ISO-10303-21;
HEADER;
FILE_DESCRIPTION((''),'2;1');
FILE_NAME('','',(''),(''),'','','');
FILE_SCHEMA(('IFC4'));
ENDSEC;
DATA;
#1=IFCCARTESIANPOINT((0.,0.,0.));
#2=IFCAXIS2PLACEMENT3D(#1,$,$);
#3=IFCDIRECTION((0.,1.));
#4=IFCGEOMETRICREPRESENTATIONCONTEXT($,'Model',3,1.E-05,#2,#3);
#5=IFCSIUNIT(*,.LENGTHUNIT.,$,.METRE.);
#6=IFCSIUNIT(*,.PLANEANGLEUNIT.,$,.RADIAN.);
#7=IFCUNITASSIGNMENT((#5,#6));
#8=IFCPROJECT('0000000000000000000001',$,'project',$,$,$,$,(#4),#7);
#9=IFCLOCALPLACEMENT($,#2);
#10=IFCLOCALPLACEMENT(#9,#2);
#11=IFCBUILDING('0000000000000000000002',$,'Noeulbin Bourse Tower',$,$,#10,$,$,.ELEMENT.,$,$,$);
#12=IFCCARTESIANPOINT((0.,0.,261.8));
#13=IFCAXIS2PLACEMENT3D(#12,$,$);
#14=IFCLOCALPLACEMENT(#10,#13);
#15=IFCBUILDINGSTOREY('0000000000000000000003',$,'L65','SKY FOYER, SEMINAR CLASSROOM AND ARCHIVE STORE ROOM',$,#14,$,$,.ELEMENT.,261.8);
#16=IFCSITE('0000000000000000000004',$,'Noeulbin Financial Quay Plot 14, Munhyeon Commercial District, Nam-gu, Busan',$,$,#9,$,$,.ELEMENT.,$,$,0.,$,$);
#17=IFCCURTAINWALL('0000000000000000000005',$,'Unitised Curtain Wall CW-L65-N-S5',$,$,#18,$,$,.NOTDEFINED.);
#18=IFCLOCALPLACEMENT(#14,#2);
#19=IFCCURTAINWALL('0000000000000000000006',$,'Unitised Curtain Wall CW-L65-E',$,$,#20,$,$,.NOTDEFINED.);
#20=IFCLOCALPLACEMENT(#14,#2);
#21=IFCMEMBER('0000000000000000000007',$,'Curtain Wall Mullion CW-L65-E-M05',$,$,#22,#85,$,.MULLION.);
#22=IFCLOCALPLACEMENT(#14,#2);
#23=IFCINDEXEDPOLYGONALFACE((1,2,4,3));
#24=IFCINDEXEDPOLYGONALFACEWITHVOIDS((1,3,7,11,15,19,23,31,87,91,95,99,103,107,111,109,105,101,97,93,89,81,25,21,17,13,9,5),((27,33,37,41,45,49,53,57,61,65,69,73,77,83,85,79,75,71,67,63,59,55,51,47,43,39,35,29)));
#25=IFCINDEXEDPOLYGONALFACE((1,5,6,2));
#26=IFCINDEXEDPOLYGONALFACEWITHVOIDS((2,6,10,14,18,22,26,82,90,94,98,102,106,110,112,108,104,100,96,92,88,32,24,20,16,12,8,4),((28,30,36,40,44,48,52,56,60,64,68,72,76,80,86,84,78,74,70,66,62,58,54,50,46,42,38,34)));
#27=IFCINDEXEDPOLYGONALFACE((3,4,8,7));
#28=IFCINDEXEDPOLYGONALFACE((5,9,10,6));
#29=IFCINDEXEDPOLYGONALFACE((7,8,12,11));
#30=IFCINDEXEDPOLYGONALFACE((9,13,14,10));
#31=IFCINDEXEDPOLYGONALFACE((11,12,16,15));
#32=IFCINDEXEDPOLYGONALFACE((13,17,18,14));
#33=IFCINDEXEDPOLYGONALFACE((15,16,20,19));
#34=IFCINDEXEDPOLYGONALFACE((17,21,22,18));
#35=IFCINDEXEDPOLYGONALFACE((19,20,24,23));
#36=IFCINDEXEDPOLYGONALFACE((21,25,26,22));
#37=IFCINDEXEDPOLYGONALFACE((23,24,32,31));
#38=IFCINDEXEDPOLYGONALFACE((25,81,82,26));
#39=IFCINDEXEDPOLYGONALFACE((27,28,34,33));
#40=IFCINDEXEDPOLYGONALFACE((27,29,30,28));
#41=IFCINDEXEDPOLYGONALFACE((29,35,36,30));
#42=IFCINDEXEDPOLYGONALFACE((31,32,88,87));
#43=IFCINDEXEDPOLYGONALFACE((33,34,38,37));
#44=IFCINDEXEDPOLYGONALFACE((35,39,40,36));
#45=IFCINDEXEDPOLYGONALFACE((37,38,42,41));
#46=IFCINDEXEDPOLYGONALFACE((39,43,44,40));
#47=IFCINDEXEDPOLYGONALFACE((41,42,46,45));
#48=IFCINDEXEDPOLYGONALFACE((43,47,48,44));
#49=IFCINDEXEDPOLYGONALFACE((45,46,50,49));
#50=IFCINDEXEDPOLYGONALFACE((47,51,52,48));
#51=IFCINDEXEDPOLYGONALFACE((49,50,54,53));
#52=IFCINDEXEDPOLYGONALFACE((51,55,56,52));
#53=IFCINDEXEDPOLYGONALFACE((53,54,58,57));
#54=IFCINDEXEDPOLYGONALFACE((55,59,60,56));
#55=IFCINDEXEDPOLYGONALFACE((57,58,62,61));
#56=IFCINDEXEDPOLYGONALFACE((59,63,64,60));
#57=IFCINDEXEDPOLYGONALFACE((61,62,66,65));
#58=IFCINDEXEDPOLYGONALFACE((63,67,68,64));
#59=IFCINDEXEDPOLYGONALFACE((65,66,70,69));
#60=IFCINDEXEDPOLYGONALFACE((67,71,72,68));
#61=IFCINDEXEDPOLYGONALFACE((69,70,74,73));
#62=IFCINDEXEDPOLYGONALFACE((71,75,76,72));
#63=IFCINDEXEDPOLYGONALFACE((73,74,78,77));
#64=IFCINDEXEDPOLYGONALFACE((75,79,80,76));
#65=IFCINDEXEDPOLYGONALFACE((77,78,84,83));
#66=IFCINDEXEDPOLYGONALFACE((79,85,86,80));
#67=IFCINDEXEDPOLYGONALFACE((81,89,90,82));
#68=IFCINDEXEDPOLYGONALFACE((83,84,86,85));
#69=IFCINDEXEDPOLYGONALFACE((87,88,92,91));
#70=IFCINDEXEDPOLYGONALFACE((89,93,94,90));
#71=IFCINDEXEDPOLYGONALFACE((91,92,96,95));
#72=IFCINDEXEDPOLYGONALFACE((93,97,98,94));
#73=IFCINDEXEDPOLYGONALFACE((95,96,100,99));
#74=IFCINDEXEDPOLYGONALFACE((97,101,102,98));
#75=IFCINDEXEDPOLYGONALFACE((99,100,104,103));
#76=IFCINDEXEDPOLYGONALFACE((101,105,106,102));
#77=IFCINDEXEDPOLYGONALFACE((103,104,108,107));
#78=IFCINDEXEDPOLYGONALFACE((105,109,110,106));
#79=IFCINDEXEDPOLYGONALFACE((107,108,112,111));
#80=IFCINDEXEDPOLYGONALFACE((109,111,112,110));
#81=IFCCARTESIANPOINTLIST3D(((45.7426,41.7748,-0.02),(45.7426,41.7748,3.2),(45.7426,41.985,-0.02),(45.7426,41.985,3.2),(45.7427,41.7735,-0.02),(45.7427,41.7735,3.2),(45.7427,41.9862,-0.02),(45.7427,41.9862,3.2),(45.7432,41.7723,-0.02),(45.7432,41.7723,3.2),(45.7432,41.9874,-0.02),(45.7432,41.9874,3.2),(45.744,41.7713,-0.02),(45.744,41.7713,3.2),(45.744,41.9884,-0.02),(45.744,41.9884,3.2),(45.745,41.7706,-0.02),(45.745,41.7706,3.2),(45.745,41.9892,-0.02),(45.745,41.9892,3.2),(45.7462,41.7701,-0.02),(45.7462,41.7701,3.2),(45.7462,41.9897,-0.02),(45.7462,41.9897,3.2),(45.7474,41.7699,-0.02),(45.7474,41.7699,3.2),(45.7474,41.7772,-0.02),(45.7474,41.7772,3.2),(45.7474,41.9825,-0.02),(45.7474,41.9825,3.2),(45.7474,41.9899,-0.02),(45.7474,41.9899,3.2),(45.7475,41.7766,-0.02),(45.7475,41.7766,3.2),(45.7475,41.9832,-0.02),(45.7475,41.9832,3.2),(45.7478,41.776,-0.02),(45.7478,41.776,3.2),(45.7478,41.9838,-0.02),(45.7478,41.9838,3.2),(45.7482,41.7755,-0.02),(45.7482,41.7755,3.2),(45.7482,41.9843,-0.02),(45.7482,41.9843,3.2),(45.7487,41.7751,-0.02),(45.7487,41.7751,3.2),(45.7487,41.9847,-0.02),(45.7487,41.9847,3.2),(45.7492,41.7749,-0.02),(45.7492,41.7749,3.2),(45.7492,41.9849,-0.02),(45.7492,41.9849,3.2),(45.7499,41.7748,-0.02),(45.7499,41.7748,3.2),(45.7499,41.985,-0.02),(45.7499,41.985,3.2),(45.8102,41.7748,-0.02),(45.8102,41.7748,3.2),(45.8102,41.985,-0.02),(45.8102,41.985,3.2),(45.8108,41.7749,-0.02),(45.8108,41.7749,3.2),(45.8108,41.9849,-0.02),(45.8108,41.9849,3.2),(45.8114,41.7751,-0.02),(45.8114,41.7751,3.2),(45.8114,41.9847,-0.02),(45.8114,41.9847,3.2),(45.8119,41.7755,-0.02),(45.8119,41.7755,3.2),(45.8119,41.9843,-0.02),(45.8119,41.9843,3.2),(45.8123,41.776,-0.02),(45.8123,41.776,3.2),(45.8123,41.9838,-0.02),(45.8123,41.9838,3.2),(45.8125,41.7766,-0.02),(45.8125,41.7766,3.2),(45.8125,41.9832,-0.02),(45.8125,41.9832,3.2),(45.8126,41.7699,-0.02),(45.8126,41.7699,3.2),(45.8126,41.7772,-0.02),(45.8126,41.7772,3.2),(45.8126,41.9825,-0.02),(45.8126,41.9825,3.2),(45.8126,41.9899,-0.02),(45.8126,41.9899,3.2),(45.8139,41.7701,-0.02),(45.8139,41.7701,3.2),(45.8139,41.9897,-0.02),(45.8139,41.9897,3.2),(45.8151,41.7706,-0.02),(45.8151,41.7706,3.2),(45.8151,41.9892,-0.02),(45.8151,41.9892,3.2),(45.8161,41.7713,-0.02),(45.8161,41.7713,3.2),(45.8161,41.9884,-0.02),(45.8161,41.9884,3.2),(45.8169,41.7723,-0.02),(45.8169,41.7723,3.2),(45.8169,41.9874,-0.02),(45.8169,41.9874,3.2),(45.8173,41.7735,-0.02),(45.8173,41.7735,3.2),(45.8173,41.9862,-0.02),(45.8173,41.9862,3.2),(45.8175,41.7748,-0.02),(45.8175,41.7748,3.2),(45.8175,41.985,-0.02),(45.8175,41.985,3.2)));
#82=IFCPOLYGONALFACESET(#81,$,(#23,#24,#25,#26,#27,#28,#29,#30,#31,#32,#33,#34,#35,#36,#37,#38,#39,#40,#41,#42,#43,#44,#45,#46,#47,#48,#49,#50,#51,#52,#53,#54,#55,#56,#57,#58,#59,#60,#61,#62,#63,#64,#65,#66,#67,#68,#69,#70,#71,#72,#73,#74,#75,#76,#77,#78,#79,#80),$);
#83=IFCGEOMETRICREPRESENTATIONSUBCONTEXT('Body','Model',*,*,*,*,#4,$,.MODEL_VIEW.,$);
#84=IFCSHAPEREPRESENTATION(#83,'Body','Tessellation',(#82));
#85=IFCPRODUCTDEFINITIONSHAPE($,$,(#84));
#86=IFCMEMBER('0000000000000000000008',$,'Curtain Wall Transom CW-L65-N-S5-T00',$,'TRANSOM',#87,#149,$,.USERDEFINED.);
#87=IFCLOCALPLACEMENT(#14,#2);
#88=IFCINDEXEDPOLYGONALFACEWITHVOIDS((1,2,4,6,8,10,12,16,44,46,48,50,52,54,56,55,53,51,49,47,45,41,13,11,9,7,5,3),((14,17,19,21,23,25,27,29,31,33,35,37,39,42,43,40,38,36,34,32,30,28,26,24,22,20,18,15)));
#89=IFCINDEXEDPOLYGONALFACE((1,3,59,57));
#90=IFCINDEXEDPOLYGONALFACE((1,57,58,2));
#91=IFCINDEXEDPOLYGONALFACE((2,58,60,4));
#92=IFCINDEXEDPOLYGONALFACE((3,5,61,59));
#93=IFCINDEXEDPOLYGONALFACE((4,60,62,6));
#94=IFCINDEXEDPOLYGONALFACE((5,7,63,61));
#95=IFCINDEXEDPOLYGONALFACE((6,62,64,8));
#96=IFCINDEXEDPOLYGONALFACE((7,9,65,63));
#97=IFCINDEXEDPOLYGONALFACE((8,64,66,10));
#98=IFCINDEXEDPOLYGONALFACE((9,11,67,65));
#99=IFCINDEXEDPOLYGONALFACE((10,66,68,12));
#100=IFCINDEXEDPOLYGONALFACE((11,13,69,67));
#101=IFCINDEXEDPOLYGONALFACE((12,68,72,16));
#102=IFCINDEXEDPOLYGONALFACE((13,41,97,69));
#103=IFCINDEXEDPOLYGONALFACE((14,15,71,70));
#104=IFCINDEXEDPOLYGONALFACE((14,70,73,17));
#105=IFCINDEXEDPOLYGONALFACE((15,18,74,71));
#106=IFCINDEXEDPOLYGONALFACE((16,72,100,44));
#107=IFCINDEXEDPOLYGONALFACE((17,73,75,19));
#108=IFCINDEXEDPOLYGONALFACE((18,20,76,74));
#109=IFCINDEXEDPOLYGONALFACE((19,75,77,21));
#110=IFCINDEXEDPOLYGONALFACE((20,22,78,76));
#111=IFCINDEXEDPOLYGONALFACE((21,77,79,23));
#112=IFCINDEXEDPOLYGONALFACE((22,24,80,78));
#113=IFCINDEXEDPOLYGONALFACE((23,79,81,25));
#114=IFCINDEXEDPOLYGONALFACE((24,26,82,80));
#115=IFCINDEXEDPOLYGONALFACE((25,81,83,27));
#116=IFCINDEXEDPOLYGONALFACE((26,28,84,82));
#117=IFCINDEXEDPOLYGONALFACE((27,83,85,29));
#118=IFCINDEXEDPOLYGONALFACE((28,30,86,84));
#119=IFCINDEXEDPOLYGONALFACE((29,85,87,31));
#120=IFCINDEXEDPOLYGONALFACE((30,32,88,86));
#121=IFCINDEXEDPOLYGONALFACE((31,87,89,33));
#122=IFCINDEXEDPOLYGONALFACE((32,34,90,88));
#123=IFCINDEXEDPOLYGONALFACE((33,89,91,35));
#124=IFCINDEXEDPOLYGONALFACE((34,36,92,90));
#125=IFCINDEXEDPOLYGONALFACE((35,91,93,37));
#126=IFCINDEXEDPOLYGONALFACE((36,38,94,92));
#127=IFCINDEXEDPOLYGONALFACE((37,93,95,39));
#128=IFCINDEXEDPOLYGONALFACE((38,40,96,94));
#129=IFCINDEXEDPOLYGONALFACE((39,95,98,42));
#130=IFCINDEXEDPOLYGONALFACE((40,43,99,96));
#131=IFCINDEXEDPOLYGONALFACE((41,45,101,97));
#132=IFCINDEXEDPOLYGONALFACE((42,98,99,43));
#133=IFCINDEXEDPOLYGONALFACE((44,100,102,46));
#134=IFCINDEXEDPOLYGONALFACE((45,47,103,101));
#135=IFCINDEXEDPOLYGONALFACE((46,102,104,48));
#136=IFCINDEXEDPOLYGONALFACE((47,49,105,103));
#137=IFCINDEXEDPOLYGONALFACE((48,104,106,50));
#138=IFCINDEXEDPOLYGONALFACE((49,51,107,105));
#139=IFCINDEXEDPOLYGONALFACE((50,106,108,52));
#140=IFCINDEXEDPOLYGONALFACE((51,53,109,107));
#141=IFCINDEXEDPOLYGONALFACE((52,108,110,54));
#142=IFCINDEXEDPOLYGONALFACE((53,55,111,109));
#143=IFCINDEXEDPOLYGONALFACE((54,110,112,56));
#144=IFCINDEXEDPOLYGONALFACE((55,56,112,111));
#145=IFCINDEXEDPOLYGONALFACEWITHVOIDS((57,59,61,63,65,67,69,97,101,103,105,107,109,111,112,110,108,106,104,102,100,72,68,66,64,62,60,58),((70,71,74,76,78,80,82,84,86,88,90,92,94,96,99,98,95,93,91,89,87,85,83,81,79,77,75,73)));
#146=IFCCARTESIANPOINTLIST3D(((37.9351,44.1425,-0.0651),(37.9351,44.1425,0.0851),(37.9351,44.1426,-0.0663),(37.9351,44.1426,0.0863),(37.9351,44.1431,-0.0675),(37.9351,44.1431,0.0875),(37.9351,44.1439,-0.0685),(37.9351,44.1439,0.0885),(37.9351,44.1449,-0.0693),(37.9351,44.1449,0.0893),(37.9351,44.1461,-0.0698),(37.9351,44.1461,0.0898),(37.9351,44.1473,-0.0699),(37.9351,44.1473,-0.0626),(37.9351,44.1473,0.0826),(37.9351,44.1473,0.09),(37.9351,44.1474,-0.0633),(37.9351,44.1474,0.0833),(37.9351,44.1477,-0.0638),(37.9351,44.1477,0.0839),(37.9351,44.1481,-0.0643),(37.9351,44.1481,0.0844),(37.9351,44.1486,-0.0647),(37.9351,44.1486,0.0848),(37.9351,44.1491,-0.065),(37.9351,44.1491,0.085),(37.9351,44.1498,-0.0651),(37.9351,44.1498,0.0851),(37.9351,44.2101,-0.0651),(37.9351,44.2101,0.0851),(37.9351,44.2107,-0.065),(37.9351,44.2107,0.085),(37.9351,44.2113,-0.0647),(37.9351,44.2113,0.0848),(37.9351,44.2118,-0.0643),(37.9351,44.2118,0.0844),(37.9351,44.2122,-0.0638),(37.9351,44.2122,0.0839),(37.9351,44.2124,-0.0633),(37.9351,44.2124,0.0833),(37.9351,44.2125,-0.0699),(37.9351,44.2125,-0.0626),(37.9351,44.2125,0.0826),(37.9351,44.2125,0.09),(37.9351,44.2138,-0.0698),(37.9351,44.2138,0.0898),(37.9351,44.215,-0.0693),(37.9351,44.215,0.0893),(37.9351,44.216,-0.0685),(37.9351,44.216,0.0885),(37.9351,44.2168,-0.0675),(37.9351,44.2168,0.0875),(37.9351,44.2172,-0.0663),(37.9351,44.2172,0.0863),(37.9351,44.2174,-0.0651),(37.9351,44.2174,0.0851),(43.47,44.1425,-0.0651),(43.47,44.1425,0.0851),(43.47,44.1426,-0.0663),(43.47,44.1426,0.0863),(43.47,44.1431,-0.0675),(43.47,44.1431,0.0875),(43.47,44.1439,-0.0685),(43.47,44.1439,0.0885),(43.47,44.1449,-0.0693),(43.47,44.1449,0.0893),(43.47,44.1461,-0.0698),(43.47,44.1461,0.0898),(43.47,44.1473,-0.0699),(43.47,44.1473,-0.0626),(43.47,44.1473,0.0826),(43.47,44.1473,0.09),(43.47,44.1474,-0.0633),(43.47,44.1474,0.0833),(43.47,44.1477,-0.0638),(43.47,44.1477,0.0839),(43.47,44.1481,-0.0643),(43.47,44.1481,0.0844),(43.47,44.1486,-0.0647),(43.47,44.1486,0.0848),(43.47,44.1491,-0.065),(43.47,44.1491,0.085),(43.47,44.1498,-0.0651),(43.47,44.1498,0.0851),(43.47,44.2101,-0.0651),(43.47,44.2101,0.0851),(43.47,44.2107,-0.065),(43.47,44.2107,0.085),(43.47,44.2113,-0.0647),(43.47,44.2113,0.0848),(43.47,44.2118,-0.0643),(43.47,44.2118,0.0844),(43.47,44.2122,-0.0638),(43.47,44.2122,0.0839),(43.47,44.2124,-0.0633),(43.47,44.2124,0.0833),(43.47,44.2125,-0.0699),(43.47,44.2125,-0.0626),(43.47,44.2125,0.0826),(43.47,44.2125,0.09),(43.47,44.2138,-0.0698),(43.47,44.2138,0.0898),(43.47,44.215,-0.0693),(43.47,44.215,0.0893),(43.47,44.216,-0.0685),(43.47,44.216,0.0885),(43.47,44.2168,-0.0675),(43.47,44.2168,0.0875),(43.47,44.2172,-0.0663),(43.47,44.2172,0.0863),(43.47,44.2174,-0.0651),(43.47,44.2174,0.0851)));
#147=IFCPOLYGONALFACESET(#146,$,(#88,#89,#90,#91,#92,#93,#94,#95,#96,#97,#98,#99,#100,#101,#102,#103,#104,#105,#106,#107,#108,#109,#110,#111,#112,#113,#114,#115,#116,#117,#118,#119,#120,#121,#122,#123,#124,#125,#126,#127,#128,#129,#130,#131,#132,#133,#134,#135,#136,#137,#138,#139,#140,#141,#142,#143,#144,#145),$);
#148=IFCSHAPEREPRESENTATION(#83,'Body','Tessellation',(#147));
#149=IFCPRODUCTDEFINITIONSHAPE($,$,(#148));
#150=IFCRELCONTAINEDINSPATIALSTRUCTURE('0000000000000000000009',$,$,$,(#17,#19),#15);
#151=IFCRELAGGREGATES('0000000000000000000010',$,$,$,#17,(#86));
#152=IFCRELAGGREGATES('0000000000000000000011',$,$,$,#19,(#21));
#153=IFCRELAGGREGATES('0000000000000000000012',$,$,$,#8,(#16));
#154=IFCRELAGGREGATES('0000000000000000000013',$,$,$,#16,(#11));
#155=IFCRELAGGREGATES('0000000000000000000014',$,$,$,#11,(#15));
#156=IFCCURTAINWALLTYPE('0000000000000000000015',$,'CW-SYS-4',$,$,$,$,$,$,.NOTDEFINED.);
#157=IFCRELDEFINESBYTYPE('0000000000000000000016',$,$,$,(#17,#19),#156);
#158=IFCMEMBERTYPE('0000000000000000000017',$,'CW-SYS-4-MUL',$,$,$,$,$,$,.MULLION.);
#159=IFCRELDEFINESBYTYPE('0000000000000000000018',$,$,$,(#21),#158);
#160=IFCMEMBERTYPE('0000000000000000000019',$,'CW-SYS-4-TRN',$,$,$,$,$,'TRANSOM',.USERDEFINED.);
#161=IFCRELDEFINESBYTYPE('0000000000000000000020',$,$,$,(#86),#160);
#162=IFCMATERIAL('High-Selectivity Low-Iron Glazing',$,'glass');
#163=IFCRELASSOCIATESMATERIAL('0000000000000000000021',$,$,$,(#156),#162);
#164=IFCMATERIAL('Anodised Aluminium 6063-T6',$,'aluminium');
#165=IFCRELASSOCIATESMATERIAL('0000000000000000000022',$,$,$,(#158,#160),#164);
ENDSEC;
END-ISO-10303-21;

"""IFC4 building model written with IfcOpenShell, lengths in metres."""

from ifc_helpers import new_model, si_unit, direction, frame, origin, origin_2d, place, context, subcontext, project, spatial, hollow_rectangle, extrude, material, material_profile, profile_set, type_object, element, aggregate, save


model = new_model("IFC4")

# Units and contexts
model_context = context("Model", 3, precision=1e-05, world=origin(), true_north=direction((0.0, 1.0)))
body_context = subcontext(model_context, "Body", "Model", "MODEL_VIEW")
ifc_project = project(units=[si_unit("LENGTHUNIT", "METRE"), si_unit("PLANEANGLEUNIT", "RADIAN")], contexts=[model_context])

# Site, building, storey
site_placement = place(None, origin())
site = spatial("IfcSite", under=ifc_project, at=site_placement, Name="Noeulbin Financial Quay Plot 14, Munhyeon Commercial District, Nam-gu, Busan", CompositionType="ELEMENT", RefElevation=0.0)
building_placement = place(site_placement, origin())
building = spatial("IfcBuilding", under=site, at=building_placement, Name="Noeulbin Bourse Tower", CompositionType="ELEMENT")
storey_placement = place(building_placement, frame((0.0, 0.0, 261.8)))
storey = spatial("IfcBuildingStorey", under=building, at=storey_placement, Name="L65", Description="SKY FOYER, SEMINAR CLASSROOM AND ARCHIVE STORE ROOM", CompositionType="ELEMENT", Elevation=261.8)

# Curtain walls, member
ifc_material_1 = material(Name="High-Selectivity Low-Iron Glazing", Category="glass")
curtain_wall_type = type_object("IfcCurtainWallType", Name="CW-SYS-4", PredefinedType="NOTDEFINED", material=ifc_material_1)
curtain_wall_1_placement = place(storey_placement, origin())
curtain_wall_1 = element("IfcCurtainWall", 1, at=curtain_wall_1_placement, inside=storey, type_object=curtain_wall_type, Name="Unitised Curtain Wall CW-L65-N-S5", PredefinedType="NOTDEFINED")
ifc_material_2 = material(Name="Anodised Aluminium 6063-T6", Category="aluminium")
ifc_material_profile_1 = material_profile(ifc_material_2, hollow_rectangle(XDim=0.075, YDim=0.22, WallThickness=0.0049, InnerFilletRadius=0.0024, OuterFilletRadius=0.0049, at=origin_2d()), Name="ALU-MULL-75x220x5", Category="LoadBearing")
ifc_profile_set_1 = profile_set([ifc_material_profile_1], Name="Anodised Aluminium 6063-T6")
member_type_1 = type_object("IfcMemberType", Name="CW-SYS-4-MUL", PredefinedType="MULLION", material=ifc_profile_set_1)
curtain_wall_2_placement = place(storey_placement, origin())
curtain_wall_2 = element("IfcCurtainWall", 2, at=curtain_wall_2_placement, inside=storey, type_object=curtain_wall_type, Name="Unitised Curtain Wall CW-L65-E", PredefinedType="NOTDEFINED")
member_1_placement = place(storey_placement, frame((45.78, 41.8799, -0.02), z_axis=(0.0, 0.0, 1.0), x_axis=(1.0, 0.0, 0.0)))
member_1 = element("IfcMember", 3, at=member_1_placement, type_object=member_type_1, Name="Curtain Wall Mullion CW-L65-E-M05", PredefinedType="MULLION", context=body_context, shape_type="SweptSolid", body=[
    extrude(hollow_rectangle(XDim=0.075, YDim=0.22, WallThickness=0.0049, InnerFilletRadius=0.0024, OuterFilletRadius=0.0049, at=origin_2d()), origin(), (0.0, 0.0, 1.0), 3.22),
])

# Member
ifc_material_profile_2 = material_profile(ifc_material_2, hollow_rectangle(XDim=0.075, YDim=0.1599, WallThickness=0.0049, InnerFilletRadius=0.0024, OuterFilletRadius=0.0049, at=origin_2d()), Name="ALU-TRAN-75x160x5", Category="LoadBearing")
ifc_profile_set_2 = profile_set([ifc_material_profile_2], Name="Anodised Aluminium 6063-T6")
member_type_2 = type_object("IfcMemberType", Name="CW-SYS-4-TRN", ElementType="TRANSOM", PredefinedType="USERDEFINED", material=ifc_profile_set_2)
member_2_placement = place(storey_placement, frame((37.9351, 44.1799, 0.01), z_axis=(1.0, 0.0, 0.0), x_axis=(0.0, 1.0, 0.0)))
member_2 = element("IfcMember", 4, at=member_2_placement, type_object=member_type_2, Name="Curtain Wall Transom CW-L65-N-S5-T00", ObjectType="TRANSOM", PredefinedType="USERDEFINED", context=body_context, shape_type="SweptSolid", body=[
    extrude(hollow_rectangle(XDim=0.075, YDim=0.1599, WallThickness=0.0049, InnerFilletRadius=0.0024, OuterFilletRadius=0.0049, at=origin_2d()), origin(), (0.0, 0.0, 1.0), 5.5349),
])

aggregate(curtain_wall_1, [member_2])
aggregate(curtain_wall_2, [member_1])

save(model, "model.ifc")
